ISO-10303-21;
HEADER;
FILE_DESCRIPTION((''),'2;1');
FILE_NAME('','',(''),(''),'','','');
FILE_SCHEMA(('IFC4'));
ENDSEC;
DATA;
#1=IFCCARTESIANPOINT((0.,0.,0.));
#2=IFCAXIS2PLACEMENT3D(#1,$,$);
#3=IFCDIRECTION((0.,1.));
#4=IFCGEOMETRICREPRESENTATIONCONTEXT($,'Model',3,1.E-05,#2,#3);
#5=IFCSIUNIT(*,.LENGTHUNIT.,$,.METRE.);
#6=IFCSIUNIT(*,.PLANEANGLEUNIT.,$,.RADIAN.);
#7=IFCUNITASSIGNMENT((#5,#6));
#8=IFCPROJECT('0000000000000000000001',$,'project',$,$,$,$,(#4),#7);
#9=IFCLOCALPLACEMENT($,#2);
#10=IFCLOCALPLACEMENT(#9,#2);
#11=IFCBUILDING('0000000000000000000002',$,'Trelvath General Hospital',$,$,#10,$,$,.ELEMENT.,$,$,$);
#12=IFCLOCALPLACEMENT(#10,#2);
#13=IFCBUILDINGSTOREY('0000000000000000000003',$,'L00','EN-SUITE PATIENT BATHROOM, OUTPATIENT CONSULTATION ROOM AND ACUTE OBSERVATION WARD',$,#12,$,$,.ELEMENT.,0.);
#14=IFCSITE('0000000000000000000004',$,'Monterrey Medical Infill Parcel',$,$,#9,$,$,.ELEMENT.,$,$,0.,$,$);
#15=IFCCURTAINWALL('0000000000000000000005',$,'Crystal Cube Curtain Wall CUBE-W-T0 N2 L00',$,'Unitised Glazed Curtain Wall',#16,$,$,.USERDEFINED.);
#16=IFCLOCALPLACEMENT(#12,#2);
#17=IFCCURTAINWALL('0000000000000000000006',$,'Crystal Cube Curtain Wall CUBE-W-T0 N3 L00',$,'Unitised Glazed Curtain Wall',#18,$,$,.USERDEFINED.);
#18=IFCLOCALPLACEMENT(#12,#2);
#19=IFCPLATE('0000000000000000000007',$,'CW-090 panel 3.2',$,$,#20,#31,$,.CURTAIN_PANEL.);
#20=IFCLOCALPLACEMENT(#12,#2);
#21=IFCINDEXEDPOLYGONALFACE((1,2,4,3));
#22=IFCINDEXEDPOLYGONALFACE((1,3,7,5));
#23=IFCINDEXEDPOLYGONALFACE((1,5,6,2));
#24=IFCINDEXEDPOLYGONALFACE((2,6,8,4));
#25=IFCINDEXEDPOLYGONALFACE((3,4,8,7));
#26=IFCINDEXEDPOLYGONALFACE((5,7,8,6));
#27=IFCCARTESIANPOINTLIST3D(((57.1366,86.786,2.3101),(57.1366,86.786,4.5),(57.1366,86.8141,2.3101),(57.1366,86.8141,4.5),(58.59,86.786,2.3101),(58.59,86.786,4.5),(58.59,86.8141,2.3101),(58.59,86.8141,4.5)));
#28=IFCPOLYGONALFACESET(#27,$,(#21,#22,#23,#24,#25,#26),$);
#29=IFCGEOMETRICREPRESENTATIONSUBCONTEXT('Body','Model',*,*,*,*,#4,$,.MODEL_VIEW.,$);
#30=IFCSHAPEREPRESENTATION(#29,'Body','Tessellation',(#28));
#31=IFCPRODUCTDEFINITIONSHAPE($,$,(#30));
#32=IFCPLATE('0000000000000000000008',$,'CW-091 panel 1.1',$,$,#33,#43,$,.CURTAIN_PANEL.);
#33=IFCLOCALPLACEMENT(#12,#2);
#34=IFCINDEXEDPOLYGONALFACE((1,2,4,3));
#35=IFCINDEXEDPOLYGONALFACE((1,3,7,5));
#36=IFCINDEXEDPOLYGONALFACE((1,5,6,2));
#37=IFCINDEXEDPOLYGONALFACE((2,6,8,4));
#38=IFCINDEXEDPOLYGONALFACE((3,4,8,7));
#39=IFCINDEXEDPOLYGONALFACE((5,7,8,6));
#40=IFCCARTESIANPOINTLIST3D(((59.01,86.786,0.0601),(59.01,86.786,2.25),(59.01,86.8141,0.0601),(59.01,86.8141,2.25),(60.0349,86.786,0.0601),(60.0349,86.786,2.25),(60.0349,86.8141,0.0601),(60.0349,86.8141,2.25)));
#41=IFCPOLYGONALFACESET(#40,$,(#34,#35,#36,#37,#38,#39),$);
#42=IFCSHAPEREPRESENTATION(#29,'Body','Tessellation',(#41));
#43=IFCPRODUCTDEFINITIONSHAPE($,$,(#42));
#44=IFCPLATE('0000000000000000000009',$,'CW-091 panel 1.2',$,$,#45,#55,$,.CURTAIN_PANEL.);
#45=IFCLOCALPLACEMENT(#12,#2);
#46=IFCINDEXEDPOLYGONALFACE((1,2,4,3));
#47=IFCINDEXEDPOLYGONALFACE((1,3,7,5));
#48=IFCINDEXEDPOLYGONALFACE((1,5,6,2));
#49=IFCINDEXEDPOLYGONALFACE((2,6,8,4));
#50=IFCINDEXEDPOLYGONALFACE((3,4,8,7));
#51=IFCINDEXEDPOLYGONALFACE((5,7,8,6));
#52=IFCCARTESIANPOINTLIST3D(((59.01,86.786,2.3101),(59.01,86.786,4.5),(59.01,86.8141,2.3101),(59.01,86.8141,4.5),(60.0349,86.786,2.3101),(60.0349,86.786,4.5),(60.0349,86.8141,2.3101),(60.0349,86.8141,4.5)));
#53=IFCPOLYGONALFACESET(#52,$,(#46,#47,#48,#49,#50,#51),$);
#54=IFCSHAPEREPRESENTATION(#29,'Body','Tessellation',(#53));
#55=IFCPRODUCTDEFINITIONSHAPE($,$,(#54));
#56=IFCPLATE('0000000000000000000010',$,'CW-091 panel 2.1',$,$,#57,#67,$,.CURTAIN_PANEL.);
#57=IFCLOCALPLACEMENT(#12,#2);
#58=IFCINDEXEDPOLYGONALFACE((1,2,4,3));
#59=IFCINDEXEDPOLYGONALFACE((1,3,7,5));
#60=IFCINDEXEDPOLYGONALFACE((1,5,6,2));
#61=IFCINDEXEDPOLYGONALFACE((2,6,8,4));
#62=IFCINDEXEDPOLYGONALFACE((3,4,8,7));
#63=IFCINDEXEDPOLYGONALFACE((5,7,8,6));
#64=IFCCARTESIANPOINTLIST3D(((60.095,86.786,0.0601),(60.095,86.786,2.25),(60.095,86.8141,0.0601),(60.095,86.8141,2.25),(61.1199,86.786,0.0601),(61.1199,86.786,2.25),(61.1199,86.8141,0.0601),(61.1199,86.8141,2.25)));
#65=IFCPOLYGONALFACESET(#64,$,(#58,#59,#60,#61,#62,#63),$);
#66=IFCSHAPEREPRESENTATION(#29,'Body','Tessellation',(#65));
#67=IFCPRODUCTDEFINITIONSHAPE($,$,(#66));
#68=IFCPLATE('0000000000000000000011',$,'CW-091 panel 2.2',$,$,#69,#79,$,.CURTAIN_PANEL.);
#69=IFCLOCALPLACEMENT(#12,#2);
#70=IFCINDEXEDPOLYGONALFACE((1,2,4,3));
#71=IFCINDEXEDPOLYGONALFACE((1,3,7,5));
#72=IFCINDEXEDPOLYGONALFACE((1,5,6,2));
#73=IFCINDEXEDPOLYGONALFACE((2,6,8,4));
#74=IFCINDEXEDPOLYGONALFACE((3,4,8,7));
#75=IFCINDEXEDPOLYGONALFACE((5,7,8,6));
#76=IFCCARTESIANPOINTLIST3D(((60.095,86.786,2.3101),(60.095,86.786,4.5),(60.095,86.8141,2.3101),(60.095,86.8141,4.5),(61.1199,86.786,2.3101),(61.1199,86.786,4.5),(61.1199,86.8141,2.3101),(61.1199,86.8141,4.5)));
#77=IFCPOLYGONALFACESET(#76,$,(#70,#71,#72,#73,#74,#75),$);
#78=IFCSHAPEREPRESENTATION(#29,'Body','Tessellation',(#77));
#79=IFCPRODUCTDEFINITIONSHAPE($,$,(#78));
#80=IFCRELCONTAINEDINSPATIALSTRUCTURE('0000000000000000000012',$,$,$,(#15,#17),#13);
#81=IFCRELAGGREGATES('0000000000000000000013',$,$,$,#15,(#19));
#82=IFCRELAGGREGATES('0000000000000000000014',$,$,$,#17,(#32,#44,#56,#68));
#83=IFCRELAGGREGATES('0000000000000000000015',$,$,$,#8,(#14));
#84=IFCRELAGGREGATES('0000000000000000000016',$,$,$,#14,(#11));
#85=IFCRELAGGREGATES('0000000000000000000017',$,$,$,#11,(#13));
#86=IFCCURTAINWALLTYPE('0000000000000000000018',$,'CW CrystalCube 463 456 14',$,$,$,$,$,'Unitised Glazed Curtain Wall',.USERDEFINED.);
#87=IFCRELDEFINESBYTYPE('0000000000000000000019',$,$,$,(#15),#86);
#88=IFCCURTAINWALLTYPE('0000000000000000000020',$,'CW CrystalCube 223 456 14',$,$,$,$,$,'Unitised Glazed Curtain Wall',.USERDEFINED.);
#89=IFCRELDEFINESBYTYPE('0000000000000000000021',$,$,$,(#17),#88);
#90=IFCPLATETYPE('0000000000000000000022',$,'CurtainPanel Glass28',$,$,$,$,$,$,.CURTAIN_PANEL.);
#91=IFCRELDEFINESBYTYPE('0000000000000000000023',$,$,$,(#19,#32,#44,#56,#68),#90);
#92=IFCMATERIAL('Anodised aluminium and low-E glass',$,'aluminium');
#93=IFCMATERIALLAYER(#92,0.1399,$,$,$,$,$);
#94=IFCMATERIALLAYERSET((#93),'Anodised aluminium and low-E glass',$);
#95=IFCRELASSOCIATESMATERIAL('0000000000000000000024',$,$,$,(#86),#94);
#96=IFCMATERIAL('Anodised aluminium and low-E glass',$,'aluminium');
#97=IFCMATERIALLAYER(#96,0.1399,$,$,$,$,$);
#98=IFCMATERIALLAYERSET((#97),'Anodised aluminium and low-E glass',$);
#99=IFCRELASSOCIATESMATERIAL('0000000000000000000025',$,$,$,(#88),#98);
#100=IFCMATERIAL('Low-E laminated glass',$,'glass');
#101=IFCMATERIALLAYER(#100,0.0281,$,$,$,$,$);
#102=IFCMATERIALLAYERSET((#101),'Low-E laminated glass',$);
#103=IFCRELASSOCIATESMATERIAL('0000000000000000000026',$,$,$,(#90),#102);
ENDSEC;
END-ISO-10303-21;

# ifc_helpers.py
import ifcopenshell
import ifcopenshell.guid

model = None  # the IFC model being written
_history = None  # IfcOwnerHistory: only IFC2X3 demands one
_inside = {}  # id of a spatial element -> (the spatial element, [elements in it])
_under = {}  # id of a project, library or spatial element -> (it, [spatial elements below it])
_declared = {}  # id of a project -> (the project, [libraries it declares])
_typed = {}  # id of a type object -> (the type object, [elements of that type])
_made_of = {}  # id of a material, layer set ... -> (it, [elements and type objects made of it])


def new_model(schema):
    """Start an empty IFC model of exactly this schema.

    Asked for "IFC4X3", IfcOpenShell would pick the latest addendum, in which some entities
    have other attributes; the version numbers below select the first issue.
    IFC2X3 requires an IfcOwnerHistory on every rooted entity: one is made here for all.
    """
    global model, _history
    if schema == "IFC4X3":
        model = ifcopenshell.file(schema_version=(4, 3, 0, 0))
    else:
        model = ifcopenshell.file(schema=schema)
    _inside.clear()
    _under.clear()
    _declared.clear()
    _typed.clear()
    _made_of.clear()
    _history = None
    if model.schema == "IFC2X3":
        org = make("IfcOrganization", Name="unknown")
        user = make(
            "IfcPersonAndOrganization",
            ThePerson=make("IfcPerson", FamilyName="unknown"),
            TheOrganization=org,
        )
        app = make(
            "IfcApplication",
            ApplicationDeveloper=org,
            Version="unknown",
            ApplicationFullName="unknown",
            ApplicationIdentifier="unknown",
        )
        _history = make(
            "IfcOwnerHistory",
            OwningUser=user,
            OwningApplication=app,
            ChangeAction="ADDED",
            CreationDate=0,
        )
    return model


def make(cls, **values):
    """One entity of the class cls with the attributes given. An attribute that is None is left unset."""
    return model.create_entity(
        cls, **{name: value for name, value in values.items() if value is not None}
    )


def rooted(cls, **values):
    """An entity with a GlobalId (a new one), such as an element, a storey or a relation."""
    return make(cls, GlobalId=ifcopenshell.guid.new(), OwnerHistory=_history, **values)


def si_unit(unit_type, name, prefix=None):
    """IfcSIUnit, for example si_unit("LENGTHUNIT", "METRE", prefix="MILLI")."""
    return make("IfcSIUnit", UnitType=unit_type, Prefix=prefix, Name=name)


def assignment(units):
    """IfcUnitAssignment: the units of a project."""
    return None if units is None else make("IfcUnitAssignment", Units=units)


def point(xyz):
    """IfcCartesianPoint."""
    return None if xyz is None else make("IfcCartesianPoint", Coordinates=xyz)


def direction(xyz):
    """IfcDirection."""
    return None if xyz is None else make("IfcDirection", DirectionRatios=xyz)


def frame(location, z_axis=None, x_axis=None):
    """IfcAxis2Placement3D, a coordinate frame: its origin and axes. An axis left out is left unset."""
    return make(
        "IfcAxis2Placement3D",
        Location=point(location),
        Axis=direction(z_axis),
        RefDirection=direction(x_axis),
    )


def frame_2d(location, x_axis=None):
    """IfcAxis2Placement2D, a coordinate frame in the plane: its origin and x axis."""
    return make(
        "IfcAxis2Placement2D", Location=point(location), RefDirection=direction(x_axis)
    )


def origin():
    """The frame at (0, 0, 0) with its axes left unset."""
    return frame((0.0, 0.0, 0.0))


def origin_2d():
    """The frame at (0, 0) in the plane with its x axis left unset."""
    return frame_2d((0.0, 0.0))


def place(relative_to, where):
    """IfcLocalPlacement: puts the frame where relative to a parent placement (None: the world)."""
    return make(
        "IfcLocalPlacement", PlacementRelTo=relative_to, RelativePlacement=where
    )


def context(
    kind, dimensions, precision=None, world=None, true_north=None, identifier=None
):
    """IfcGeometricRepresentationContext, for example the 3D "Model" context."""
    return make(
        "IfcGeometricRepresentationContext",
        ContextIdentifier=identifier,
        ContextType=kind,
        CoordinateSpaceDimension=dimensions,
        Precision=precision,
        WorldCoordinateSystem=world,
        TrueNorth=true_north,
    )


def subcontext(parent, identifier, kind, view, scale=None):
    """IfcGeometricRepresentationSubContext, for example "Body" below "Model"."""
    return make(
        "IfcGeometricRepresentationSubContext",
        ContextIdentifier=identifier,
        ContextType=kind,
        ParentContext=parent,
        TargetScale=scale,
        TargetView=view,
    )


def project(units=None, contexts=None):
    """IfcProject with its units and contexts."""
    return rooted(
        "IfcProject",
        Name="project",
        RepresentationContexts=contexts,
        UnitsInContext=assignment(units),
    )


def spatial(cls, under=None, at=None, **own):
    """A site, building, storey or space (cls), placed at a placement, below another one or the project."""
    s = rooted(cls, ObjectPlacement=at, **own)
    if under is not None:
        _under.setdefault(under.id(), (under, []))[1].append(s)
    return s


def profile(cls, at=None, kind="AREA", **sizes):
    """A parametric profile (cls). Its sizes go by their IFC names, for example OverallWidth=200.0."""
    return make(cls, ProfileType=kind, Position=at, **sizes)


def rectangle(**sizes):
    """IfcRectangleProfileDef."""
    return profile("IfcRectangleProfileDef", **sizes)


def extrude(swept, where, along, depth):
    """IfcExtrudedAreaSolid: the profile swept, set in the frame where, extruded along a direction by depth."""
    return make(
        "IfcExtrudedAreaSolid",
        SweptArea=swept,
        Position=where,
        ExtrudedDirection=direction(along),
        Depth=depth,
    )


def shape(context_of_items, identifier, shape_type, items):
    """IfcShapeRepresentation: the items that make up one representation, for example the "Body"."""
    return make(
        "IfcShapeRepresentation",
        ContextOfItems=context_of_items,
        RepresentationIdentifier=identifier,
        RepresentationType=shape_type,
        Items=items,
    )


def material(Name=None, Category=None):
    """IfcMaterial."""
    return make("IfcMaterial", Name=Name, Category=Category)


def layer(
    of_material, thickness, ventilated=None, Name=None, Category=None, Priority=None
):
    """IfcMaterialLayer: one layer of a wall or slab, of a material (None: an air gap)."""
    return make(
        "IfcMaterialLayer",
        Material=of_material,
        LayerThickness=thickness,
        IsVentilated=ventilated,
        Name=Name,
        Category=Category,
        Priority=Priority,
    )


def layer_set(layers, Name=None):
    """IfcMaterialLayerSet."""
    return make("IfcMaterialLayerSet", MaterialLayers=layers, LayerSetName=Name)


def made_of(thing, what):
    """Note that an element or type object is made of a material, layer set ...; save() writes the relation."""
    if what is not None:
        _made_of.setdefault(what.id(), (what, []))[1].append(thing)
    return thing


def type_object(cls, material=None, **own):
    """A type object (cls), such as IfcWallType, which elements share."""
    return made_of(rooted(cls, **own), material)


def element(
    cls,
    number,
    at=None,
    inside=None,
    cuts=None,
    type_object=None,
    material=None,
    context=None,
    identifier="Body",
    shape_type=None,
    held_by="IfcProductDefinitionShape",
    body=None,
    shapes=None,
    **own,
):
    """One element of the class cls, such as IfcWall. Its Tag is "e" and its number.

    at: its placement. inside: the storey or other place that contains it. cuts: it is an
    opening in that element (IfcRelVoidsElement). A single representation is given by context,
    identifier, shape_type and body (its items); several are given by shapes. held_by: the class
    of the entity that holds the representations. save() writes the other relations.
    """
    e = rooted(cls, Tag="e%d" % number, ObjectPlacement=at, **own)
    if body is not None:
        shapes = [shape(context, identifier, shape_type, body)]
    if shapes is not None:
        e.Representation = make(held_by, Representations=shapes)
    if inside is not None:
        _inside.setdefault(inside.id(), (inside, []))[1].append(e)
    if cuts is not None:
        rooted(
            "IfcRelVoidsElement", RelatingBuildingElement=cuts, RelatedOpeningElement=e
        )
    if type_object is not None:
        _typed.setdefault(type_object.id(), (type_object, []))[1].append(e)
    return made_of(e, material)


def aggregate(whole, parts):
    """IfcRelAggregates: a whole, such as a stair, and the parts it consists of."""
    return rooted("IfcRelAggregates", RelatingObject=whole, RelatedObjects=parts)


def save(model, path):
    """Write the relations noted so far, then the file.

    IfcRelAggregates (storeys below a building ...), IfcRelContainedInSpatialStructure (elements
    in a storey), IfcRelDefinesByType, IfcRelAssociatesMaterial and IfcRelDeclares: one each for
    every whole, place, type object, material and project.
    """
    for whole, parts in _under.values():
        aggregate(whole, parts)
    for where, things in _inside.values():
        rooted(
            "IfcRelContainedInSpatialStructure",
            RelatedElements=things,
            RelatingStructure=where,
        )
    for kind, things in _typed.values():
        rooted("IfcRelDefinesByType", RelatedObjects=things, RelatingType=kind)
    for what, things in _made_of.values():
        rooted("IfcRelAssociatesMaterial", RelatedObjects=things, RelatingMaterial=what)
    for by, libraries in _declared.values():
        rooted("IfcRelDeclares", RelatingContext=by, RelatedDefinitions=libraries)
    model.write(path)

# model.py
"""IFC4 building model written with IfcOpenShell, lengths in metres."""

from ifc_helpers import new_model, si_unit, direction, frame, origin, origin_2d, place, context, subcontext, project, spatial, rectangle, extrude, material, layer, layer_set, type_object, element, aggregate, save


model = new_model("IFC4")

# Units and contexts
model_context = context("Model", 3, precision=1e-05, world=origin(), true_north=direction((0.0, 1.0)))
body_context = subcontext(model_context, "Body", "Model", "MODEL_VIEW")
ifc_project = project(units=[si_unit("LENGTHUNIT", "METRE"), si_unit("PLANEANGLEUNIT", "RADIAN")], contexts=[model_context])

# Site, building, storey
site_placement = place(None, origin())
site = spatial("IfcSite", under=ifc_project, at=site_placement, Name="Monterrey Medical Infill Parcel", CompositionType="ELEMENT", RefElevation=0.0)
building_placement = place(site_placement, origin())
building = spatial("IfcBuilding", under=site, at=building_placement, Name="Trelvath General Hospital", CompositionType="ELEMENT")
storey_placement = place(building_placement, origin())
storey = spatial("IfcBuildingStorey", under=building, at=storey_placement, Name="L00", Description="EN-SUITE PATIENT BATHROOM, OUTPATIENT CONSULTATION ROOM AND ACUTE OBSERVATION WARD", CompositionType="ELEMENT", Elevation=0.0)

# Curtain wall
ifc_material_1 = material(Name="Anodised aluminium and low-E glass", Category="aluminium")
ifc_layer_1 = layer(ifc_material_1, 0.1399)
ifc_layer_set_1 = layer_set([ifc_layer_1], Name="Anodised aluminium and low-E glass")
curtain_wall_type_1 = type_object("IfcCurtainWallType", Name="CW CrystalCube 463 456 14", ElementType="Unitised Glazed Curtain Wall", PredefinedType="USERDEFINED", material=ifc_layer_set_1)
curtain_wall_1_placement = place(storey_placement, origin())
curtain_wall_1 = element("IfcCurtainWall", 1, at=curtain_wall_1_placement, inside=storey, type_object=curtain_wall_type_1, Name="Crystal Cube Curtain Wall CUBE-W-T0 N2 L00", ObjectType="Unitised Glazed Curtain Wall", PredefinedType="USERDEFINED")

# Curtain wall
ifc_material_2 = material(Name="Anodised aluminium and low-E glass", Category="aluminium")
ifc_layer_2 = layer(ifc_material_2, 0.1399)
ifc_layer_set_2 = layer_set([ifc_layer_2], Name="Anodised aluminium and low-E glass")
curtain_wall_type_2 = type_object("IfcCurtainWallType", Name="CW CrystalCube 223 456 14", ElementType="Unitised Glazed Curtain Wall", PredefinedType="USERDEFINED", material=ifc_layer_set_2)
curtain_wall_2_placement = place(storey_placement, origin())
curtain_wall_2 = element("IfcCurtainWall", 2, at=curtain_wall_2_placement, inside=storey, type_object=curtain_wall_type_2, Name="Crystal Cube Curtain Wall CUBE-W-T0 N3 L00", ObjectType="Unitised Glazed Curtain Wall", PredefinedType="USERDEFINED")

# Plates
ifc_material_3 = material(Name="Low-E laminated glass", Category="glass")
ifc_layer_3 = layer(ifc_material_3, 0.0281)
ifc_layer_set_3 = layer_set([ifc_layer_3], Name="Low-E laminated glass")
plate_type = type_object("IfcPlateType", Name="CurtainPanel Glass28", PredefinedType="CURTAIN_PANEL", material=ifc_layer_set_3)
plate_1_placement = place(storey_placement, frame((57.8633, 86.8, 2.3101), z_axis=(0.0, 0.0, 1.0), x_axis=(1.0, 0.0, 0.0)))
plate_1 = element("IfcPlate", 3, at=plate_1_placement, type_object=plate_type, Name="CW-090 panel 3.2", PredefinedType="CURTAIN_PANEL", context=body_context, shape_type="SweptSolid", body=[
    extrude(rectangle(XDim=1.4534, YDim=0.0281, at=origin_2d()), origin(), (0.0, 0.0, 1.0), 2.1899),
])
aggregate(curtain_wall_1, [plate_1])
plate_2_placement = place(storey_placement, frame((59.5225, 86.8, 0.0601), z_axis=(0.0, 0.0, 1.0), x_axis=(1.0, 0.0, 0.0)))
plate_2 = element("IfcPlate", 4, at=plate_2_placement, type_object=plate_type, Name="CW-091 panel 1.1", PredefinedType="CURTAIN_PANEL", context=body_context, shape_type="SweptSolid", body=[
    extrude(rectangle(XDim=1.0249, YDim=0.0281, at=origin_2d()), origin(), (0.0, 0.0, 1.0), 2.1899),
])
plate_3_placement = place(storey_placement, frame((59.5225, 86.8, 2.3101), z_axis=(0.0, 0.0, 1.0), x_axis=(1.0, 0.0, 0.0)))
plate_3 = element("IfcPlate", 5, at=plate_3_placement, type_object=plate_type, Name="CW-091 panel 1.2", PredefinedType="CURTAIN_PANEL", context=body_context, shape_type="SweptSolid", body=[
    extrude(rectangle(XDim=1.0249, YDim=0.0281, at=origin_2d()), origin(), (0.0, 0.0, 1.0), 2.1899),
])
plate_4_placement = place(storey_placement, frame((60.6074, 86.8, 0.0601), z_axis=(0.0, 0.0, 1.0), x_axis=(1.0, 0.0, 0.0)))
plate_4 = element("IfcPlate", 6, at=plate_4_placement, type_object=plate_type, Name="CW-091 panel 2.1", PredefinedType="CURTAIN_PANEL", context=body_context, shape_type="SweptSolid", body=[
    extrude(rectangle(XDim=1.0249, YDim=0.0281, at=origin_2d()), origin(), (0.0, 0.0, 1.0), 2.1899),
])
plate_5_placement = place(storey_placement, frame((60.6074, 86.8, 2.3101), z_axis=(0.0, 0.0, 1.0), x_axis=(1.0, 0.0, 0.0)))
plate_5 = element("IfcPlate", 7, at=plate_5_placement, type_object=plate_type, Name="CW-091 panel 2.2", PredefinedType="CURTAIN_PANEL", context=body_context, shape_type="SweptSolid", body=[
    extrude(rectangle(XDim=1.0249, YDim=0.0281, at=origin_2d()), origin(), (0.0, 0.0, 1.0), 2.1899),
])
aggregate(curtain_wall_2, [plate_2, plate_3, plate_4, plate_5])

save(model, "model.ifc")
